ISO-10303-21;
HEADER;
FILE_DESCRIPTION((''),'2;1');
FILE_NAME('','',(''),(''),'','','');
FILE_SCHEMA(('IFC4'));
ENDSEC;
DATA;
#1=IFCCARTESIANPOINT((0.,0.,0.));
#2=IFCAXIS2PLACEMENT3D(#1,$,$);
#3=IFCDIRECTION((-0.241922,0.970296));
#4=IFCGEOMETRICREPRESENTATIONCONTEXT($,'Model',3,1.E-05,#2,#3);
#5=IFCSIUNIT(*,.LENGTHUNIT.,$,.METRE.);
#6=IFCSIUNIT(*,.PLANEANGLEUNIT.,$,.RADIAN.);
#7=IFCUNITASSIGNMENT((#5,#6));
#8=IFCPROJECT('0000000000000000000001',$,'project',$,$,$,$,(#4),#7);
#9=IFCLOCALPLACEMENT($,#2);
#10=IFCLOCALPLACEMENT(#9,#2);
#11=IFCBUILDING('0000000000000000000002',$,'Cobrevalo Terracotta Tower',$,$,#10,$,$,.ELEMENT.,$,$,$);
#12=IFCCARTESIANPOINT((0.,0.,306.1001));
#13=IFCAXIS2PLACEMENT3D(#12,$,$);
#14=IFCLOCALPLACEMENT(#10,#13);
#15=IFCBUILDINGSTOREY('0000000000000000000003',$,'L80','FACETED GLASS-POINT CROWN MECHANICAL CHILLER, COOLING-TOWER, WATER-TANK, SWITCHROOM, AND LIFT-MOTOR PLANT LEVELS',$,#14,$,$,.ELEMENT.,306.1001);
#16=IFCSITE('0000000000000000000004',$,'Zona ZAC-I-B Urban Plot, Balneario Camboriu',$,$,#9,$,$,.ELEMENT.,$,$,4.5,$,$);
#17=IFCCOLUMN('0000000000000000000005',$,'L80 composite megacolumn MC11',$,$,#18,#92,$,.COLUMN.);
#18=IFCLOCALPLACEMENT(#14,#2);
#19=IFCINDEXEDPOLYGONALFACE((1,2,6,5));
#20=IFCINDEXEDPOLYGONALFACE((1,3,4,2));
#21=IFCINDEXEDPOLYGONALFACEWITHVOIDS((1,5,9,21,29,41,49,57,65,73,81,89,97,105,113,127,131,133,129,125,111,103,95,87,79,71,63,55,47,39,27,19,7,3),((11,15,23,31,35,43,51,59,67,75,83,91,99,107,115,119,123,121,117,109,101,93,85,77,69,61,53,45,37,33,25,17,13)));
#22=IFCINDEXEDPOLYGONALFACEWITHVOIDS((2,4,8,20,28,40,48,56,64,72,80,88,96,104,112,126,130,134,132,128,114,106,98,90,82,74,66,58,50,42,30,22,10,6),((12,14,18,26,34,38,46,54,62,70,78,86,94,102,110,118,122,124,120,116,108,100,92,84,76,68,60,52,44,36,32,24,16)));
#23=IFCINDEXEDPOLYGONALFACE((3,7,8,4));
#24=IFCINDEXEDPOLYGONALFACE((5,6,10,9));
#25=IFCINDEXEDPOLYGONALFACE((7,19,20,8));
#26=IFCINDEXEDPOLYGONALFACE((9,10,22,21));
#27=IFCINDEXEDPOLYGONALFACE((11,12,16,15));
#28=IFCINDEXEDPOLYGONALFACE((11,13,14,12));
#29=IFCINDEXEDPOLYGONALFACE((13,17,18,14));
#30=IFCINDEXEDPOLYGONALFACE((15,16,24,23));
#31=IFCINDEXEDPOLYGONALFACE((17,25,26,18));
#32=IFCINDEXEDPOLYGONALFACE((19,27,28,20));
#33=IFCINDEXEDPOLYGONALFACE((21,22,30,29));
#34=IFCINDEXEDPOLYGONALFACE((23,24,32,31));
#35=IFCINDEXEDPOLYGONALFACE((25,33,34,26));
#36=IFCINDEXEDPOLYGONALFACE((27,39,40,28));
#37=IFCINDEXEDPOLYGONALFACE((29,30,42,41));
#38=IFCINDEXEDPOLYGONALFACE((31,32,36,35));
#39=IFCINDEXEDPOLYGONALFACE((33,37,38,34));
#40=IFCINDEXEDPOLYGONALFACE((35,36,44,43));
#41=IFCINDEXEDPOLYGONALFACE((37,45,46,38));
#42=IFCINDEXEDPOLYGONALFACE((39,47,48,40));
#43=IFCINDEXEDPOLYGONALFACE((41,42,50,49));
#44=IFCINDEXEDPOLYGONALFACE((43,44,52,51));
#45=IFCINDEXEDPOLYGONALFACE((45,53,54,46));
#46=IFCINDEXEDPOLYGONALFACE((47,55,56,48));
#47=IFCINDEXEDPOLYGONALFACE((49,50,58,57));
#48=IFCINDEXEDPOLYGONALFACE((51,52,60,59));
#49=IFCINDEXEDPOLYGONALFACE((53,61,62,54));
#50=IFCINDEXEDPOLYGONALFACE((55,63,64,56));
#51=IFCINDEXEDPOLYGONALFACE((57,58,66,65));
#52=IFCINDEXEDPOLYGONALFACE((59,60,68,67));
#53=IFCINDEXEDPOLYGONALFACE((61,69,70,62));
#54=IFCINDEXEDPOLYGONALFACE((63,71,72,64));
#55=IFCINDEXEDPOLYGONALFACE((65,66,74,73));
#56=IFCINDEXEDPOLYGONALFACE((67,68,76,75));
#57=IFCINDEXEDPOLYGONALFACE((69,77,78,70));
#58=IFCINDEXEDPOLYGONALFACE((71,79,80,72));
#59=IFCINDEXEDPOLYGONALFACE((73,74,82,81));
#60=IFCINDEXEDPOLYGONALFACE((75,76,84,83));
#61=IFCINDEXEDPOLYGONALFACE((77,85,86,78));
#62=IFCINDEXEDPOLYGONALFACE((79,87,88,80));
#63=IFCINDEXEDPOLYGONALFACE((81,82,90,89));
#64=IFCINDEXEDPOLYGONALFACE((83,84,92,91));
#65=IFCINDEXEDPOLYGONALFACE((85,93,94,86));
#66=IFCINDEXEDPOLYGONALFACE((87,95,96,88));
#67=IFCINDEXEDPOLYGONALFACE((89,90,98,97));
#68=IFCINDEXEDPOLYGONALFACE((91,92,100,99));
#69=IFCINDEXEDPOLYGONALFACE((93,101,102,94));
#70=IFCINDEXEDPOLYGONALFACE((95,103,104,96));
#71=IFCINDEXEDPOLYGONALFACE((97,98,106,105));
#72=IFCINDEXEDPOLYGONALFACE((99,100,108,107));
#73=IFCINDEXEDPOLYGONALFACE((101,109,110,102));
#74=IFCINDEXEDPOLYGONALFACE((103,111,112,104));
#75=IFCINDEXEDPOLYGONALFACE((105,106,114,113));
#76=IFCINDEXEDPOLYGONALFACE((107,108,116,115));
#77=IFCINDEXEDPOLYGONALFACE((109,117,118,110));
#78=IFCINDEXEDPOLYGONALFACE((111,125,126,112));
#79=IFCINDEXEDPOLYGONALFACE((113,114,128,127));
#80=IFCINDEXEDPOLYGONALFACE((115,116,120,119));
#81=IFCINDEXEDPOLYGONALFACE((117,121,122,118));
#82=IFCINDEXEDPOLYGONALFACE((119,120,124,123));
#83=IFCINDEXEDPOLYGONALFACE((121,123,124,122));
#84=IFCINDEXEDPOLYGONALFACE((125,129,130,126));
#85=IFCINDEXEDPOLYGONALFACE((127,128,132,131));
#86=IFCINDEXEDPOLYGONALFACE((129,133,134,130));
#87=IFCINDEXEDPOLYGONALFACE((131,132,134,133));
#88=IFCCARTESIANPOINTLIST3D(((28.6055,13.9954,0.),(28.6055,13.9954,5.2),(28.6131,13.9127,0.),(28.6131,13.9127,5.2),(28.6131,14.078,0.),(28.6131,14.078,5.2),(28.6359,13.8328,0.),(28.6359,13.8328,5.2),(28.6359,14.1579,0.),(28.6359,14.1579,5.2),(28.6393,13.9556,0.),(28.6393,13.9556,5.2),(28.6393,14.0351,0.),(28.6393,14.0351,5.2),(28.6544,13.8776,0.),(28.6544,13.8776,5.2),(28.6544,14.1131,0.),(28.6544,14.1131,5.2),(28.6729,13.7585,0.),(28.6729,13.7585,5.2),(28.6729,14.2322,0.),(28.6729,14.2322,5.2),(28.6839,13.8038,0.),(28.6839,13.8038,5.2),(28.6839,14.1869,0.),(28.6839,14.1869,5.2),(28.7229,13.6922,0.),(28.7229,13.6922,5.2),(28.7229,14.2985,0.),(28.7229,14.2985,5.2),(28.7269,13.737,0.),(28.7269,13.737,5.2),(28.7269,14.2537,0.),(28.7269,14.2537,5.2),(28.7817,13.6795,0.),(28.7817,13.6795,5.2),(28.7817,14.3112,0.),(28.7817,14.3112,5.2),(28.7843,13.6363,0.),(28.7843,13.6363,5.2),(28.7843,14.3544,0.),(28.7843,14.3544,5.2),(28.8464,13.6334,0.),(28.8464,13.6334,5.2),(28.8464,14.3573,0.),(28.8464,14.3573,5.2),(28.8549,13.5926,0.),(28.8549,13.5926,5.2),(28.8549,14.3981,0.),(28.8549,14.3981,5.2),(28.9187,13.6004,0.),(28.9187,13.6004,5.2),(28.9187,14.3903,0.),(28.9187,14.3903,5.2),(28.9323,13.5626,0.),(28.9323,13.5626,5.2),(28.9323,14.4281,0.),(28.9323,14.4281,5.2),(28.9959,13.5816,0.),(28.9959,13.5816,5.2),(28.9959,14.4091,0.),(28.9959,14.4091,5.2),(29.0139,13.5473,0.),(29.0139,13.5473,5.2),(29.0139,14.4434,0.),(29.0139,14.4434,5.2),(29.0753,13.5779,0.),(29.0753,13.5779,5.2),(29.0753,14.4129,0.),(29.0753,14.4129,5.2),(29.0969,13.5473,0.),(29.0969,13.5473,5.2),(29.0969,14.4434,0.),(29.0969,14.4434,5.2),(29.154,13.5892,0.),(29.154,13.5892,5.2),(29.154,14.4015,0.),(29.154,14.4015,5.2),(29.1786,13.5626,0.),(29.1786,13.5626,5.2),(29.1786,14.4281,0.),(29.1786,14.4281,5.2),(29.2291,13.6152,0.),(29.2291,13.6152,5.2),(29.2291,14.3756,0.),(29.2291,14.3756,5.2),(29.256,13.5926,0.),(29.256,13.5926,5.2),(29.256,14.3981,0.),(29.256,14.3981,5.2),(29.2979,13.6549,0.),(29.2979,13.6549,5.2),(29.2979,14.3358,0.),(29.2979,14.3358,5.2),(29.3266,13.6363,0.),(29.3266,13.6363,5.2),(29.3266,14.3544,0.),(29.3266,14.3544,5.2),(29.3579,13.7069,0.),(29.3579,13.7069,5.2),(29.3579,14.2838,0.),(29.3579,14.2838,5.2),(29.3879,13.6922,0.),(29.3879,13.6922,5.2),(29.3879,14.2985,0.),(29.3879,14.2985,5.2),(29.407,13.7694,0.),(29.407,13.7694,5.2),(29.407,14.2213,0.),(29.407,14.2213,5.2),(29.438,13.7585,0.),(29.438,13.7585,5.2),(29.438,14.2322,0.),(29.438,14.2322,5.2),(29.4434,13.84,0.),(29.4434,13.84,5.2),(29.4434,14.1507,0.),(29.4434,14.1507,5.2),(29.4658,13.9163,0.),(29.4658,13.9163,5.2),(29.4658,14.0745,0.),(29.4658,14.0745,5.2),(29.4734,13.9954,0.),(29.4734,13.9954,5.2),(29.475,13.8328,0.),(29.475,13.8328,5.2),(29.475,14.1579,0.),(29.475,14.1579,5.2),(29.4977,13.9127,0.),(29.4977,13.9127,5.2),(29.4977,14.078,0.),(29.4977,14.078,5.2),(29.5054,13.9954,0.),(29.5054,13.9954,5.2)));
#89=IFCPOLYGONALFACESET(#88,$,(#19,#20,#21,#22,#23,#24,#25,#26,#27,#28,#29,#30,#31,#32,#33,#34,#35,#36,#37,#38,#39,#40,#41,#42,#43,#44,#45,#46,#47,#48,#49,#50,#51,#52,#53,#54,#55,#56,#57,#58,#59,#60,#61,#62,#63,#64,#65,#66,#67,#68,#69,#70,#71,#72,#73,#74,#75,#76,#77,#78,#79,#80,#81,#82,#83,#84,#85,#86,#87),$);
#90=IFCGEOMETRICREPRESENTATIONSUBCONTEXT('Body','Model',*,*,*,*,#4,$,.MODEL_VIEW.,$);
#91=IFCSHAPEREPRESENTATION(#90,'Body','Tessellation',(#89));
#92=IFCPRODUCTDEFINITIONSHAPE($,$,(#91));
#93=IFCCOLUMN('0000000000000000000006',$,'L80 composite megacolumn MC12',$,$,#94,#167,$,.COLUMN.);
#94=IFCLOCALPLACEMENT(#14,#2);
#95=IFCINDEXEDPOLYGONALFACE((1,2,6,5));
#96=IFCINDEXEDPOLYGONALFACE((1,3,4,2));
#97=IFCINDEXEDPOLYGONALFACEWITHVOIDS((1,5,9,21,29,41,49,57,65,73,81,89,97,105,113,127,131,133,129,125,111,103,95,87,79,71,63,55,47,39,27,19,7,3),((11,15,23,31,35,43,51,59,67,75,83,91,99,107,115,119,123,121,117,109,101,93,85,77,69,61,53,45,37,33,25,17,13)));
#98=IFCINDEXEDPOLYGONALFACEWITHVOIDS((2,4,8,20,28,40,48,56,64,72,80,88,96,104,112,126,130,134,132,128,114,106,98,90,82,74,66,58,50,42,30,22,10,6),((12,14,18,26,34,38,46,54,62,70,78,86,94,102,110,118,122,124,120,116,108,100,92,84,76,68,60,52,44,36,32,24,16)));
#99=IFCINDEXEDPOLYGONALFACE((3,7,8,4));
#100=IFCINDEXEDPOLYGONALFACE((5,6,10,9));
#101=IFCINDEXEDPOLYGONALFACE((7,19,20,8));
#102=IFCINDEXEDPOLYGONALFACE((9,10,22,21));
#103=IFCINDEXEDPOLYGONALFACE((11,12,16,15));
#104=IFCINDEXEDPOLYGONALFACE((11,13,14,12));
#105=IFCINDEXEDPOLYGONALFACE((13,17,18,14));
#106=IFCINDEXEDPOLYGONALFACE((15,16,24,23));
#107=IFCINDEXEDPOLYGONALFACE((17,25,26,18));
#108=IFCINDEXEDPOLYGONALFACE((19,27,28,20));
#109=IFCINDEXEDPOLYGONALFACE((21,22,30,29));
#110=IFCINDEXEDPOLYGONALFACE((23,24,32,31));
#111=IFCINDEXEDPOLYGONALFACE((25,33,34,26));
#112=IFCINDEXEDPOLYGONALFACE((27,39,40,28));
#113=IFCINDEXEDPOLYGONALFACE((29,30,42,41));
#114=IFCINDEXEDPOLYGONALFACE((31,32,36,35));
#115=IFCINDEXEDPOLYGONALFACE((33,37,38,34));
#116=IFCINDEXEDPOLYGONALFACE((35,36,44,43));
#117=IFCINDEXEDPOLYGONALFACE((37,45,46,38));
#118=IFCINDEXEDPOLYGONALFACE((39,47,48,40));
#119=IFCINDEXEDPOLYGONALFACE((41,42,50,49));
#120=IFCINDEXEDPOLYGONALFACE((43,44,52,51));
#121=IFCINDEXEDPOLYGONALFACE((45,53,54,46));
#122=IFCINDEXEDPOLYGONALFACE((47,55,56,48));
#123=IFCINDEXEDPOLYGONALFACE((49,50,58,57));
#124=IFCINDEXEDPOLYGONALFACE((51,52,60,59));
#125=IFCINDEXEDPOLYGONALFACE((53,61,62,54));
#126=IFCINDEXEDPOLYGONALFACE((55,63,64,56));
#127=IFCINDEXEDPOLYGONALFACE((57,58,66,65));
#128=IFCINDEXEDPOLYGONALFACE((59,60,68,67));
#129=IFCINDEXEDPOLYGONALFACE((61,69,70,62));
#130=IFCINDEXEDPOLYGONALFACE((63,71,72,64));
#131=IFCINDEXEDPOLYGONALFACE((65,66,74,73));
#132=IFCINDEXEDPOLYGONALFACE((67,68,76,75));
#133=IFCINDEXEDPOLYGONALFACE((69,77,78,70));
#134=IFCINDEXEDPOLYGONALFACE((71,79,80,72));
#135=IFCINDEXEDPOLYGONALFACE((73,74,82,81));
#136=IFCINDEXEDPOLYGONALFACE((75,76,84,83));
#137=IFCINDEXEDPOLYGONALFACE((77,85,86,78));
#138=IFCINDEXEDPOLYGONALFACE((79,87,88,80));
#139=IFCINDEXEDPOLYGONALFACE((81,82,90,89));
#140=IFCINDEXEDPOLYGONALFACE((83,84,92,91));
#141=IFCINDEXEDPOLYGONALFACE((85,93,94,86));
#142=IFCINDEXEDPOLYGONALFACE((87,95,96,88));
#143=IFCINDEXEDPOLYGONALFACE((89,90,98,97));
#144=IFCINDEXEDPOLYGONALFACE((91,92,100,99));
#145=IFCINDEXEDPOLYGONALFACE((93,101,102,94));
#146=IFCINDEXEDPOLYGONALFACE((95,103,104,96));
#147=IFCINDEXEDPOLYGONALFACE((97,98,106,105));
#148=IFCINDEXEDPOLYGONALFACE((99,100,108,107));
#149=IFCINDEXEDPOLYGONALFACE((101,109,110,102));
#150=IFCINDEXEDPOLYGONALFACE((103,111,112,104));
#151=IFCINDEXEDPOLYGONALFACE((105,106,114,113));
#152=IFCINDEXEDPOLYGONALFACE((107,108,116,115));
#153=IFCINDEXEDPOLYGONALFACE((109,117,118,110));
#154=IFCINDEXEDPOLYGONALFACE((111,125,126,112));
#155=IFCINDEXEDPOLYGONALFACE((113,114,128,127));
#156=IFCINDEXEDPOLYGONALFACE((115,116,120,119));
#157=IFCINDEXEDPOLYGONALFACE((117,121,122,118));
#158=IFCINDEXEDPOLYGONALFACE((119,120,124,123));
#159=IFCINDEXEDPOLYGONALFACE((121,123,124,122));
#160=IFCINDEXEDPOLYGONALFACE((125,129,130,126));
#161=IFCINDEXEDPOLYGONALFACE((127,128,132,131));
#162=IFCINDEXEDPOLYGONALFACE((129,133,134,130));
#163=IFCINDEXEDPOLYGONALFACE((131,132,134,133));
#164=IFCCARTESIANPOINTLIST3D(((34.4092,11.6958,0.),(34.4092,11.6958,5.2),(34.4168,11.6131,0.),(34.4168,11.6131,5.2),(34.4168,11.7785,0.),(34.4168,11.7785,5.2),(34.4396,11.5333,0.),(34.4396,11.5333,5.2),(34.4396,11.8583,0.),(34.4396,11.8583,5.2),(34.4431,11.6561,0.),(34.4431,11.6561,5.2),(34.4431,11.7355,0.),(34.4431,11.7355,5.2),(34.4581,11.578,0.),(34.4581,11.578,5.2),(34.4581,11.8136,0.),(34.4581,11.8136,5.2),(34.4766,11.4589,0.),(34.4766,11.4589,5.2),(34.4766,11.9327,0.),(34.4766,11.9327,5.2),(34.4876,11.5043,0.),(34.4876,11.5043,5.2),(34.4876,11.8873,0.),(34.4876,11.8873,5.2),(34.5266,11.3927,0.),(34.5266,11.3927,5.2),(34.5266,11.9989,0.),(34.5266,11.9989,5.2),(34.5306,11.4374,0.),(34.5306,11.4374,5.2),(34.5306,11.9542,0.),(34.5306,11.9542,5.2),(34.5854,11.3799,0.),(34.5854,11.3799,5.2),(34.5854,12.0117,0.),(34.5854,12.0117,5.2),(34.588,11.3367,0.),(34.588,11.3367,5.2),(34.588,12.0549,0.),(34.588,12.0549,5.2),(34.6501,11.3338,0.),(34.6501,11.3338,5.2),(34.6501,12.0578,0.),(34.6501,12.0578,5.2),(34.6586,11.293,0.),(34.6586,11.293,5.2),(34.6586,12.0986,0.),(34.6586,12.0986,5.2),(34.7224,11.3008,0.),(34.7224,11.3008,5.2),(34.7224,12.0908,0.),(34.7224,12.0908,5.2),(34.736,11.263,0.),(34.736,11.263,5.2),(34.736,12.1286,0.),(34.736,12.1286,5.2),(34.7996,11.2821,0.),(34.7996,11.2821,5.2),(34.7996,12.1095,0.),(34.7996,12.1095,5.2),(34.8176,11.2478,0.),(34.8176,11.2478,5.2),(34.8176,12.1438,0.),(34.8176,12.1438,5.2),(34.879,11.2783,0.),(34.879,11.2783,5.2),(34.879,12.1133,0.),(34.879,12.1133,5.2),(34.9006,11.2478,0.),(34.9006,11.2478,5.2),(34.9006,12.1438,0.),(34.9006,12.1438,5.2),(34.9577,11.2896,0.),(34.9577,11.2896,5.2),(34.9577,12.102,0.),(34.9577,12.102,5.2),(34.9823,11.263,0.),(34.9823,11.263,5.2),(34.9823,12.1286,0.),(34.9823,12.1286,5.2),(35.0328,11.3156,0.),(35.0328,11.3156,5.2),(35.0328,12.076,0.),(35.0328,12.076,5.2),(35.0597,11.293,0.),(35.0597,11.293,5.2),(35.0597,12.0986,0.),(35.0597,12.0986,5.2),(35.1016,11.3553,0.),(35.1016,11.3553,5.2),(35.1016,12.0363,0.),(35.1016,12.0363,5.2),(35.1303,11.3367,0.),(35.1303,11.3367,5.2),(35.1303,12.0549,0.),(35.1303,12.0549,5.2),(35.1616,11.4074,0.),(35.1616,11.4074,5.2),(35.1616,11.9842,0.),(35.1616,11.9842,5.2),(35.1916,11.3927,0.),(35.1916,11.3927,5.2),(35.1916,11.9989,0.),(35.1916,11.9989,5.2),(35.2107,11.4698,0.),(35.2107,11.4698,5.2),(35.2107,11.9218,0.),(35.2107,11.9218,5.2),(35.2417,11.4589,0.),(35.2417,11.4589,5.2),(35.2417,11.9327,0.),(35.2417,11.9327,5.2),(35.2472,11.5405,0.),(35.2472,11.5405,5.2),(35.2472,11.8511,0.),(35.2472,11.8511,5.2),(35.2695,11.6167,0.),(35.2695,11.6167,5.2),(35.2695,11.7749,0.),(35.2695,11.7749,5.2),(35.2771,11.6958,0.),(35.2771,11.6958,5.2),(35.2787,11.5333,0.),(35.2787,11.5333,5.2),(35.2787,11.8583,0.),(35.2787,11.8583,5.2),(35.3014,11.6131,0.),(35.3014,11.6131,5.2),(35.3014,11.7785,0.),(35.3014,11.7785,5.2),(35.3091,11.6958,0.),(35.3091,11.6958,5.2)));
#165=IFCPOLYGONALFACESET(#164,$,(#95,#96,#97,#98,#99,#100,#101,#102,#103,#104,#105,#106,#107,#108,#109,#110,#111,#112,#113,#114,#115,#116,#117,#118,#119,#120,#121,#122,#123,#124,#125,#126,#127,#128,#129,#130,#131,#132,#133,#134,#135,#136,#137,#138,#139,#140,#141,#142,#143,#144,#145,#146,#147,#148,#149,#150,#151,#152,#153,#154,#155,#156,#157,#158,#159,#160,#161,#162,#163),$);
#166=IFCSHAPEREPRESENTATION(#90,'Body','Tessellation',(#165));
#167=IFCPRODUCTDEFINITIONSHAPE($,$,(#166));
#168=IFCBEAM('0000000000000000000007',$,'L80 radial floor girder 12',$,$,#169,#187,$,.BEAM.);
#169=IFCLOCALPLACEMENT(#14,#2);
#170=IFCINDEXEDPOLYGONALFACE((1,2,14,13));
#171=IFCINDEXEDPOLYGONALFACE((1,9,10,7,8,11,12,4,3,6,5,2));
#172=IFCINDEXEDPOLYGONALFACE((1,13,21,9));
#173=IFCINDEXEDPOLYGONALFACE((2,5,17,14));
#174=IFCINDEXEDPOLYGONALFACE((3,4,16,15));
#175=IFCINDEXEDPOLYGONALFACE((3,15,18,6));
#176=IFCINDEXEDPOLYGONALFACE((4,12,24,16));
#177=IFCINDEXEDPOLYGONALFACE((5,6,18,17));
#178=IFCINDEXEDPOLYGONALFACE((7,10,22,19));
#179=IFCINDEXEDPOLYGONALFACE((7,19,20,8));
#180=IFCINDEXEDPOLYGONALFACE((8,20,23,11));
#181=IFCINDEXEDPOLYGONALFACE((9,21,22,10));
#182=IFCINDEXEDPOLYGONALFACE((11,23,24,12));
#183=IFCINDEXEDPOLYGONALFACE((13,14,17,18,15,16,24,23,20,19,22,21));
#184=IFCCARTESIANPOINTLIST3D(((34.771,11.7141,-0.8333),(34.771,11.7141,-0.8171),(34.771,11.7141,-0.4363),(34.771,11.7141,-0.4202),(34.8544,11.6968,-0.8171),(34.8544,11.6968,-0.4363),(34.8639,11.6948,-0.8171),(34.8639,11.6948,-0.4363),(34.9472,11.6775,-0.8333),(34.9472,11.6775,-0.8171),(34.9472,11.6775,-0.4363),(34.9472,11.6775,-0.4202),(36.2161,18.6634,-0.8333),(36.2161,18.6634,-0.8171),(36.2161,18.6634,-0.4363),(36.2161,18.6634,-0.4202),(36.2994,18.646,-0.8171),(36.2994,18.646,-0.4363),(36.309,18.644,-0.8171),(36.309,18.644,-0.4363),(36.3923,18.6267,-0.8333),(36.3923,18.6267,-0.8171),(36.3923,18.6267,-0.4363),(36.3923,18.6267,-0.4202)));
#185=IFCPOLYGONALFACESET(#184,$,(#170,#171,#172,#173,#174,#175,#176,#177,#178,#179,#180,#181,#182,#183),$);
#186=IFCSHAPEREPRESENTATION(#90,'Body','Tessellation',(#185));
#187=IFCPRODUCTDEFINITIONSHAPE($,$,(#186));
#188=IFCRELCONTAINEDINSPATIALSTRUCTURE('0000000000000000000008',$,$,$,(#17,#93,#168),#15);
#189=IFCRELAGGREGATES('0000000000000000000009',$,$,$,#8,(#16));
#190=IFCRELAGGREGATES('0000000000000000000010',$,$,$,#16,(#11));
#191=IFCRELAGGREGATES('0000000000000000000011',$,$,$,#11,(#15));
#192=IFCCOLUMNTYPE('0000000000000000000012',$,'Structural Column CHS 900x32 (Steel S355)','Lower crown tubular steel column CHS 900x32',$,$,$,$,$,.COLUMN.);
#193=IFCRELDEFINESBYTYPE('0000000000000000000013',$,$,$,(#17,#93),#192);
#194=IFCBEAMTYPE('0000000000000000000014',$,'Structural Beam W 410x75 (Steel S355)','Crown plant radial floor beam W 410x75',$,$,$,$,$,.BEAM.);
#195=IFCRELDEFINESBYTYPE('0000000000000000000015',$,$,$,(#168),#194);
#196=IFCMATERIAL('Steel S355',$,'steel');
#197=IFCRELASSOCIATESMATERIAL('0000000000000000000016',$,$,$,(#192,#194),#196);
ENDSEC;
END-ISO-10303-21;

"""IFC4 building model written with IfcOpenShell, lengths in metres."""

from ifc_helpers import new_model, si_unit, direction, frame, origin, origin_2d, place, context, subcontext, project, spatial, hollow_circle, i_section, extrude, material, material_profile, profile_set, type_object, element, save


model = new_model("IFC4")

# Units and contexts
model_context = context("Model", 3, precision=1e-05, world=origin(), true_north=direction((-0.241922, 0.970296)))
body_context = subcontext(model_context, "Body", "Model", "MODEL_VIEW")
ifc_project = project(units=[si_unit("LENGTHUNIT", "METRE"), si_unit("PLANEANGLEUNIT", "RADIAN")], contexts=[model_context])

# Site, building, storey
site_placement = place(None, origin())
site = spatial("IfcSite", under=ifc_project, at=site_placement, Name="Zona ZAC-I-B Urban Plot, Balneario Camboriu", CompositionType="ELEMENT", RefElevation=4.5)
building_placement = place(site_placement, origin())
building = spatial("IfcBuilding", under=site, at=building_placement, Name="Cobrevalo Terracotta Tower", CompositionType="ELEMENT")
storey_placement = place(building_placement, frame((0.0, 0.0, 306.1001)))
storey = spatial("IfcBuildingStorey", under=building, at=storey_placement, Name="L80", Description="FACETED GLASS-POINT CROWN MECHANICAL CHILLER, COOLING-TOWER, WATER-TANK, SWITCHROOM, AND LIFT-MOTOR PLANT LEVELS", CompositionType="ELEMENT", Elevation=306.1001)

# Columns
ifc_material_1 = material(Name="Steel S355", Category="steel")
ifc_material_profile_1 = material_profile(ifc_material_1, hollow_circle(Radius=0.45, WallThickness=0.032, at=origin_2d()), Name="CHS 900x32")
ifc_profile_set_1 = profile_set([ifc_material_profile_1], Name="Steel S355")
column_type = type_object("IfcColumnType", Name="Structural Column CHS 900x32 (Steel S355)", Description="Lower crown tubular steel column CHS 900x32", PredefinedType="COLUMN", material=ifc_profile_set_1)
for number, where, z_axis, x_axis, name in (
    (1, (29.0554, 13.9954, 0.0), (0.0, 0.0, 1.0), (1.0, 0.0, 0.0), "L80 composite megacolumn MC11"),
    (2, (34.8591, 11.6958, 0.0), (0.0, 0.0, 1.0), (1.0, 0.0, 0.0), "L80 composite megacolumn MC12"),
):
    element("IfcColumn", number, at=place(storey_placement, frame(where, z_axis=z_axis, x_axis=x_axis)), inside=storey, type_object=column_type, Name=name, PredefinedType="COLUMN", context=body_context, shape_type="SweptSolid", body=[
        extrude(hollow_circle(Radius=0.45, WallThickness=0.032, at=origin_2d()), origin(), (0.0, 0.0, 1.0), 5.2),
    ])

# Beam
ifc_material_profile_2 = material_profile(ifc_material_1, i_section(OverallWidth=0.1799, OverallDepth=0.4131, WebThickness=0.0098, FlangeThickness=0.0161, at=origin_2d()), Name="W 410x75")
ifc_profile_set_2 = profile_set([ifc_material_profile_2], Name="Steel S355")
beam_type_1 = type_object("IfcBeamType", Name="Structural Beam W 410x75 (Steel S355)", Description="Crown plant radial floor beam W 410x75", PredefinedType="BEAM", material=ifc_profile_set_2)
beam_1_placement = place(storey_placement, frame((34.8591, 11.6958, -0.6267), z_axis=(0.203592, 0.979056, 0.0), x_axis=(-0.979056, 0.203592, 0.0)))
element("IfcBeam", 3, at=beam_1_placement, inside=storey, type_object=beam_type_1, Name="L80 radial floor girder 12", PredefinedType="BEAM", context=body_context, shape_type="SweptSolid", body=[
    extrude(i_section(OverallWidth=0.1799, OverallDepth=0.4131, WebThickness=0.0098, FlangeThickness=0.0161, at=origin_2d()), origin(), (0.0, 0.0, 1.0), 7.0979),
])

save(model, "model.ifc")
